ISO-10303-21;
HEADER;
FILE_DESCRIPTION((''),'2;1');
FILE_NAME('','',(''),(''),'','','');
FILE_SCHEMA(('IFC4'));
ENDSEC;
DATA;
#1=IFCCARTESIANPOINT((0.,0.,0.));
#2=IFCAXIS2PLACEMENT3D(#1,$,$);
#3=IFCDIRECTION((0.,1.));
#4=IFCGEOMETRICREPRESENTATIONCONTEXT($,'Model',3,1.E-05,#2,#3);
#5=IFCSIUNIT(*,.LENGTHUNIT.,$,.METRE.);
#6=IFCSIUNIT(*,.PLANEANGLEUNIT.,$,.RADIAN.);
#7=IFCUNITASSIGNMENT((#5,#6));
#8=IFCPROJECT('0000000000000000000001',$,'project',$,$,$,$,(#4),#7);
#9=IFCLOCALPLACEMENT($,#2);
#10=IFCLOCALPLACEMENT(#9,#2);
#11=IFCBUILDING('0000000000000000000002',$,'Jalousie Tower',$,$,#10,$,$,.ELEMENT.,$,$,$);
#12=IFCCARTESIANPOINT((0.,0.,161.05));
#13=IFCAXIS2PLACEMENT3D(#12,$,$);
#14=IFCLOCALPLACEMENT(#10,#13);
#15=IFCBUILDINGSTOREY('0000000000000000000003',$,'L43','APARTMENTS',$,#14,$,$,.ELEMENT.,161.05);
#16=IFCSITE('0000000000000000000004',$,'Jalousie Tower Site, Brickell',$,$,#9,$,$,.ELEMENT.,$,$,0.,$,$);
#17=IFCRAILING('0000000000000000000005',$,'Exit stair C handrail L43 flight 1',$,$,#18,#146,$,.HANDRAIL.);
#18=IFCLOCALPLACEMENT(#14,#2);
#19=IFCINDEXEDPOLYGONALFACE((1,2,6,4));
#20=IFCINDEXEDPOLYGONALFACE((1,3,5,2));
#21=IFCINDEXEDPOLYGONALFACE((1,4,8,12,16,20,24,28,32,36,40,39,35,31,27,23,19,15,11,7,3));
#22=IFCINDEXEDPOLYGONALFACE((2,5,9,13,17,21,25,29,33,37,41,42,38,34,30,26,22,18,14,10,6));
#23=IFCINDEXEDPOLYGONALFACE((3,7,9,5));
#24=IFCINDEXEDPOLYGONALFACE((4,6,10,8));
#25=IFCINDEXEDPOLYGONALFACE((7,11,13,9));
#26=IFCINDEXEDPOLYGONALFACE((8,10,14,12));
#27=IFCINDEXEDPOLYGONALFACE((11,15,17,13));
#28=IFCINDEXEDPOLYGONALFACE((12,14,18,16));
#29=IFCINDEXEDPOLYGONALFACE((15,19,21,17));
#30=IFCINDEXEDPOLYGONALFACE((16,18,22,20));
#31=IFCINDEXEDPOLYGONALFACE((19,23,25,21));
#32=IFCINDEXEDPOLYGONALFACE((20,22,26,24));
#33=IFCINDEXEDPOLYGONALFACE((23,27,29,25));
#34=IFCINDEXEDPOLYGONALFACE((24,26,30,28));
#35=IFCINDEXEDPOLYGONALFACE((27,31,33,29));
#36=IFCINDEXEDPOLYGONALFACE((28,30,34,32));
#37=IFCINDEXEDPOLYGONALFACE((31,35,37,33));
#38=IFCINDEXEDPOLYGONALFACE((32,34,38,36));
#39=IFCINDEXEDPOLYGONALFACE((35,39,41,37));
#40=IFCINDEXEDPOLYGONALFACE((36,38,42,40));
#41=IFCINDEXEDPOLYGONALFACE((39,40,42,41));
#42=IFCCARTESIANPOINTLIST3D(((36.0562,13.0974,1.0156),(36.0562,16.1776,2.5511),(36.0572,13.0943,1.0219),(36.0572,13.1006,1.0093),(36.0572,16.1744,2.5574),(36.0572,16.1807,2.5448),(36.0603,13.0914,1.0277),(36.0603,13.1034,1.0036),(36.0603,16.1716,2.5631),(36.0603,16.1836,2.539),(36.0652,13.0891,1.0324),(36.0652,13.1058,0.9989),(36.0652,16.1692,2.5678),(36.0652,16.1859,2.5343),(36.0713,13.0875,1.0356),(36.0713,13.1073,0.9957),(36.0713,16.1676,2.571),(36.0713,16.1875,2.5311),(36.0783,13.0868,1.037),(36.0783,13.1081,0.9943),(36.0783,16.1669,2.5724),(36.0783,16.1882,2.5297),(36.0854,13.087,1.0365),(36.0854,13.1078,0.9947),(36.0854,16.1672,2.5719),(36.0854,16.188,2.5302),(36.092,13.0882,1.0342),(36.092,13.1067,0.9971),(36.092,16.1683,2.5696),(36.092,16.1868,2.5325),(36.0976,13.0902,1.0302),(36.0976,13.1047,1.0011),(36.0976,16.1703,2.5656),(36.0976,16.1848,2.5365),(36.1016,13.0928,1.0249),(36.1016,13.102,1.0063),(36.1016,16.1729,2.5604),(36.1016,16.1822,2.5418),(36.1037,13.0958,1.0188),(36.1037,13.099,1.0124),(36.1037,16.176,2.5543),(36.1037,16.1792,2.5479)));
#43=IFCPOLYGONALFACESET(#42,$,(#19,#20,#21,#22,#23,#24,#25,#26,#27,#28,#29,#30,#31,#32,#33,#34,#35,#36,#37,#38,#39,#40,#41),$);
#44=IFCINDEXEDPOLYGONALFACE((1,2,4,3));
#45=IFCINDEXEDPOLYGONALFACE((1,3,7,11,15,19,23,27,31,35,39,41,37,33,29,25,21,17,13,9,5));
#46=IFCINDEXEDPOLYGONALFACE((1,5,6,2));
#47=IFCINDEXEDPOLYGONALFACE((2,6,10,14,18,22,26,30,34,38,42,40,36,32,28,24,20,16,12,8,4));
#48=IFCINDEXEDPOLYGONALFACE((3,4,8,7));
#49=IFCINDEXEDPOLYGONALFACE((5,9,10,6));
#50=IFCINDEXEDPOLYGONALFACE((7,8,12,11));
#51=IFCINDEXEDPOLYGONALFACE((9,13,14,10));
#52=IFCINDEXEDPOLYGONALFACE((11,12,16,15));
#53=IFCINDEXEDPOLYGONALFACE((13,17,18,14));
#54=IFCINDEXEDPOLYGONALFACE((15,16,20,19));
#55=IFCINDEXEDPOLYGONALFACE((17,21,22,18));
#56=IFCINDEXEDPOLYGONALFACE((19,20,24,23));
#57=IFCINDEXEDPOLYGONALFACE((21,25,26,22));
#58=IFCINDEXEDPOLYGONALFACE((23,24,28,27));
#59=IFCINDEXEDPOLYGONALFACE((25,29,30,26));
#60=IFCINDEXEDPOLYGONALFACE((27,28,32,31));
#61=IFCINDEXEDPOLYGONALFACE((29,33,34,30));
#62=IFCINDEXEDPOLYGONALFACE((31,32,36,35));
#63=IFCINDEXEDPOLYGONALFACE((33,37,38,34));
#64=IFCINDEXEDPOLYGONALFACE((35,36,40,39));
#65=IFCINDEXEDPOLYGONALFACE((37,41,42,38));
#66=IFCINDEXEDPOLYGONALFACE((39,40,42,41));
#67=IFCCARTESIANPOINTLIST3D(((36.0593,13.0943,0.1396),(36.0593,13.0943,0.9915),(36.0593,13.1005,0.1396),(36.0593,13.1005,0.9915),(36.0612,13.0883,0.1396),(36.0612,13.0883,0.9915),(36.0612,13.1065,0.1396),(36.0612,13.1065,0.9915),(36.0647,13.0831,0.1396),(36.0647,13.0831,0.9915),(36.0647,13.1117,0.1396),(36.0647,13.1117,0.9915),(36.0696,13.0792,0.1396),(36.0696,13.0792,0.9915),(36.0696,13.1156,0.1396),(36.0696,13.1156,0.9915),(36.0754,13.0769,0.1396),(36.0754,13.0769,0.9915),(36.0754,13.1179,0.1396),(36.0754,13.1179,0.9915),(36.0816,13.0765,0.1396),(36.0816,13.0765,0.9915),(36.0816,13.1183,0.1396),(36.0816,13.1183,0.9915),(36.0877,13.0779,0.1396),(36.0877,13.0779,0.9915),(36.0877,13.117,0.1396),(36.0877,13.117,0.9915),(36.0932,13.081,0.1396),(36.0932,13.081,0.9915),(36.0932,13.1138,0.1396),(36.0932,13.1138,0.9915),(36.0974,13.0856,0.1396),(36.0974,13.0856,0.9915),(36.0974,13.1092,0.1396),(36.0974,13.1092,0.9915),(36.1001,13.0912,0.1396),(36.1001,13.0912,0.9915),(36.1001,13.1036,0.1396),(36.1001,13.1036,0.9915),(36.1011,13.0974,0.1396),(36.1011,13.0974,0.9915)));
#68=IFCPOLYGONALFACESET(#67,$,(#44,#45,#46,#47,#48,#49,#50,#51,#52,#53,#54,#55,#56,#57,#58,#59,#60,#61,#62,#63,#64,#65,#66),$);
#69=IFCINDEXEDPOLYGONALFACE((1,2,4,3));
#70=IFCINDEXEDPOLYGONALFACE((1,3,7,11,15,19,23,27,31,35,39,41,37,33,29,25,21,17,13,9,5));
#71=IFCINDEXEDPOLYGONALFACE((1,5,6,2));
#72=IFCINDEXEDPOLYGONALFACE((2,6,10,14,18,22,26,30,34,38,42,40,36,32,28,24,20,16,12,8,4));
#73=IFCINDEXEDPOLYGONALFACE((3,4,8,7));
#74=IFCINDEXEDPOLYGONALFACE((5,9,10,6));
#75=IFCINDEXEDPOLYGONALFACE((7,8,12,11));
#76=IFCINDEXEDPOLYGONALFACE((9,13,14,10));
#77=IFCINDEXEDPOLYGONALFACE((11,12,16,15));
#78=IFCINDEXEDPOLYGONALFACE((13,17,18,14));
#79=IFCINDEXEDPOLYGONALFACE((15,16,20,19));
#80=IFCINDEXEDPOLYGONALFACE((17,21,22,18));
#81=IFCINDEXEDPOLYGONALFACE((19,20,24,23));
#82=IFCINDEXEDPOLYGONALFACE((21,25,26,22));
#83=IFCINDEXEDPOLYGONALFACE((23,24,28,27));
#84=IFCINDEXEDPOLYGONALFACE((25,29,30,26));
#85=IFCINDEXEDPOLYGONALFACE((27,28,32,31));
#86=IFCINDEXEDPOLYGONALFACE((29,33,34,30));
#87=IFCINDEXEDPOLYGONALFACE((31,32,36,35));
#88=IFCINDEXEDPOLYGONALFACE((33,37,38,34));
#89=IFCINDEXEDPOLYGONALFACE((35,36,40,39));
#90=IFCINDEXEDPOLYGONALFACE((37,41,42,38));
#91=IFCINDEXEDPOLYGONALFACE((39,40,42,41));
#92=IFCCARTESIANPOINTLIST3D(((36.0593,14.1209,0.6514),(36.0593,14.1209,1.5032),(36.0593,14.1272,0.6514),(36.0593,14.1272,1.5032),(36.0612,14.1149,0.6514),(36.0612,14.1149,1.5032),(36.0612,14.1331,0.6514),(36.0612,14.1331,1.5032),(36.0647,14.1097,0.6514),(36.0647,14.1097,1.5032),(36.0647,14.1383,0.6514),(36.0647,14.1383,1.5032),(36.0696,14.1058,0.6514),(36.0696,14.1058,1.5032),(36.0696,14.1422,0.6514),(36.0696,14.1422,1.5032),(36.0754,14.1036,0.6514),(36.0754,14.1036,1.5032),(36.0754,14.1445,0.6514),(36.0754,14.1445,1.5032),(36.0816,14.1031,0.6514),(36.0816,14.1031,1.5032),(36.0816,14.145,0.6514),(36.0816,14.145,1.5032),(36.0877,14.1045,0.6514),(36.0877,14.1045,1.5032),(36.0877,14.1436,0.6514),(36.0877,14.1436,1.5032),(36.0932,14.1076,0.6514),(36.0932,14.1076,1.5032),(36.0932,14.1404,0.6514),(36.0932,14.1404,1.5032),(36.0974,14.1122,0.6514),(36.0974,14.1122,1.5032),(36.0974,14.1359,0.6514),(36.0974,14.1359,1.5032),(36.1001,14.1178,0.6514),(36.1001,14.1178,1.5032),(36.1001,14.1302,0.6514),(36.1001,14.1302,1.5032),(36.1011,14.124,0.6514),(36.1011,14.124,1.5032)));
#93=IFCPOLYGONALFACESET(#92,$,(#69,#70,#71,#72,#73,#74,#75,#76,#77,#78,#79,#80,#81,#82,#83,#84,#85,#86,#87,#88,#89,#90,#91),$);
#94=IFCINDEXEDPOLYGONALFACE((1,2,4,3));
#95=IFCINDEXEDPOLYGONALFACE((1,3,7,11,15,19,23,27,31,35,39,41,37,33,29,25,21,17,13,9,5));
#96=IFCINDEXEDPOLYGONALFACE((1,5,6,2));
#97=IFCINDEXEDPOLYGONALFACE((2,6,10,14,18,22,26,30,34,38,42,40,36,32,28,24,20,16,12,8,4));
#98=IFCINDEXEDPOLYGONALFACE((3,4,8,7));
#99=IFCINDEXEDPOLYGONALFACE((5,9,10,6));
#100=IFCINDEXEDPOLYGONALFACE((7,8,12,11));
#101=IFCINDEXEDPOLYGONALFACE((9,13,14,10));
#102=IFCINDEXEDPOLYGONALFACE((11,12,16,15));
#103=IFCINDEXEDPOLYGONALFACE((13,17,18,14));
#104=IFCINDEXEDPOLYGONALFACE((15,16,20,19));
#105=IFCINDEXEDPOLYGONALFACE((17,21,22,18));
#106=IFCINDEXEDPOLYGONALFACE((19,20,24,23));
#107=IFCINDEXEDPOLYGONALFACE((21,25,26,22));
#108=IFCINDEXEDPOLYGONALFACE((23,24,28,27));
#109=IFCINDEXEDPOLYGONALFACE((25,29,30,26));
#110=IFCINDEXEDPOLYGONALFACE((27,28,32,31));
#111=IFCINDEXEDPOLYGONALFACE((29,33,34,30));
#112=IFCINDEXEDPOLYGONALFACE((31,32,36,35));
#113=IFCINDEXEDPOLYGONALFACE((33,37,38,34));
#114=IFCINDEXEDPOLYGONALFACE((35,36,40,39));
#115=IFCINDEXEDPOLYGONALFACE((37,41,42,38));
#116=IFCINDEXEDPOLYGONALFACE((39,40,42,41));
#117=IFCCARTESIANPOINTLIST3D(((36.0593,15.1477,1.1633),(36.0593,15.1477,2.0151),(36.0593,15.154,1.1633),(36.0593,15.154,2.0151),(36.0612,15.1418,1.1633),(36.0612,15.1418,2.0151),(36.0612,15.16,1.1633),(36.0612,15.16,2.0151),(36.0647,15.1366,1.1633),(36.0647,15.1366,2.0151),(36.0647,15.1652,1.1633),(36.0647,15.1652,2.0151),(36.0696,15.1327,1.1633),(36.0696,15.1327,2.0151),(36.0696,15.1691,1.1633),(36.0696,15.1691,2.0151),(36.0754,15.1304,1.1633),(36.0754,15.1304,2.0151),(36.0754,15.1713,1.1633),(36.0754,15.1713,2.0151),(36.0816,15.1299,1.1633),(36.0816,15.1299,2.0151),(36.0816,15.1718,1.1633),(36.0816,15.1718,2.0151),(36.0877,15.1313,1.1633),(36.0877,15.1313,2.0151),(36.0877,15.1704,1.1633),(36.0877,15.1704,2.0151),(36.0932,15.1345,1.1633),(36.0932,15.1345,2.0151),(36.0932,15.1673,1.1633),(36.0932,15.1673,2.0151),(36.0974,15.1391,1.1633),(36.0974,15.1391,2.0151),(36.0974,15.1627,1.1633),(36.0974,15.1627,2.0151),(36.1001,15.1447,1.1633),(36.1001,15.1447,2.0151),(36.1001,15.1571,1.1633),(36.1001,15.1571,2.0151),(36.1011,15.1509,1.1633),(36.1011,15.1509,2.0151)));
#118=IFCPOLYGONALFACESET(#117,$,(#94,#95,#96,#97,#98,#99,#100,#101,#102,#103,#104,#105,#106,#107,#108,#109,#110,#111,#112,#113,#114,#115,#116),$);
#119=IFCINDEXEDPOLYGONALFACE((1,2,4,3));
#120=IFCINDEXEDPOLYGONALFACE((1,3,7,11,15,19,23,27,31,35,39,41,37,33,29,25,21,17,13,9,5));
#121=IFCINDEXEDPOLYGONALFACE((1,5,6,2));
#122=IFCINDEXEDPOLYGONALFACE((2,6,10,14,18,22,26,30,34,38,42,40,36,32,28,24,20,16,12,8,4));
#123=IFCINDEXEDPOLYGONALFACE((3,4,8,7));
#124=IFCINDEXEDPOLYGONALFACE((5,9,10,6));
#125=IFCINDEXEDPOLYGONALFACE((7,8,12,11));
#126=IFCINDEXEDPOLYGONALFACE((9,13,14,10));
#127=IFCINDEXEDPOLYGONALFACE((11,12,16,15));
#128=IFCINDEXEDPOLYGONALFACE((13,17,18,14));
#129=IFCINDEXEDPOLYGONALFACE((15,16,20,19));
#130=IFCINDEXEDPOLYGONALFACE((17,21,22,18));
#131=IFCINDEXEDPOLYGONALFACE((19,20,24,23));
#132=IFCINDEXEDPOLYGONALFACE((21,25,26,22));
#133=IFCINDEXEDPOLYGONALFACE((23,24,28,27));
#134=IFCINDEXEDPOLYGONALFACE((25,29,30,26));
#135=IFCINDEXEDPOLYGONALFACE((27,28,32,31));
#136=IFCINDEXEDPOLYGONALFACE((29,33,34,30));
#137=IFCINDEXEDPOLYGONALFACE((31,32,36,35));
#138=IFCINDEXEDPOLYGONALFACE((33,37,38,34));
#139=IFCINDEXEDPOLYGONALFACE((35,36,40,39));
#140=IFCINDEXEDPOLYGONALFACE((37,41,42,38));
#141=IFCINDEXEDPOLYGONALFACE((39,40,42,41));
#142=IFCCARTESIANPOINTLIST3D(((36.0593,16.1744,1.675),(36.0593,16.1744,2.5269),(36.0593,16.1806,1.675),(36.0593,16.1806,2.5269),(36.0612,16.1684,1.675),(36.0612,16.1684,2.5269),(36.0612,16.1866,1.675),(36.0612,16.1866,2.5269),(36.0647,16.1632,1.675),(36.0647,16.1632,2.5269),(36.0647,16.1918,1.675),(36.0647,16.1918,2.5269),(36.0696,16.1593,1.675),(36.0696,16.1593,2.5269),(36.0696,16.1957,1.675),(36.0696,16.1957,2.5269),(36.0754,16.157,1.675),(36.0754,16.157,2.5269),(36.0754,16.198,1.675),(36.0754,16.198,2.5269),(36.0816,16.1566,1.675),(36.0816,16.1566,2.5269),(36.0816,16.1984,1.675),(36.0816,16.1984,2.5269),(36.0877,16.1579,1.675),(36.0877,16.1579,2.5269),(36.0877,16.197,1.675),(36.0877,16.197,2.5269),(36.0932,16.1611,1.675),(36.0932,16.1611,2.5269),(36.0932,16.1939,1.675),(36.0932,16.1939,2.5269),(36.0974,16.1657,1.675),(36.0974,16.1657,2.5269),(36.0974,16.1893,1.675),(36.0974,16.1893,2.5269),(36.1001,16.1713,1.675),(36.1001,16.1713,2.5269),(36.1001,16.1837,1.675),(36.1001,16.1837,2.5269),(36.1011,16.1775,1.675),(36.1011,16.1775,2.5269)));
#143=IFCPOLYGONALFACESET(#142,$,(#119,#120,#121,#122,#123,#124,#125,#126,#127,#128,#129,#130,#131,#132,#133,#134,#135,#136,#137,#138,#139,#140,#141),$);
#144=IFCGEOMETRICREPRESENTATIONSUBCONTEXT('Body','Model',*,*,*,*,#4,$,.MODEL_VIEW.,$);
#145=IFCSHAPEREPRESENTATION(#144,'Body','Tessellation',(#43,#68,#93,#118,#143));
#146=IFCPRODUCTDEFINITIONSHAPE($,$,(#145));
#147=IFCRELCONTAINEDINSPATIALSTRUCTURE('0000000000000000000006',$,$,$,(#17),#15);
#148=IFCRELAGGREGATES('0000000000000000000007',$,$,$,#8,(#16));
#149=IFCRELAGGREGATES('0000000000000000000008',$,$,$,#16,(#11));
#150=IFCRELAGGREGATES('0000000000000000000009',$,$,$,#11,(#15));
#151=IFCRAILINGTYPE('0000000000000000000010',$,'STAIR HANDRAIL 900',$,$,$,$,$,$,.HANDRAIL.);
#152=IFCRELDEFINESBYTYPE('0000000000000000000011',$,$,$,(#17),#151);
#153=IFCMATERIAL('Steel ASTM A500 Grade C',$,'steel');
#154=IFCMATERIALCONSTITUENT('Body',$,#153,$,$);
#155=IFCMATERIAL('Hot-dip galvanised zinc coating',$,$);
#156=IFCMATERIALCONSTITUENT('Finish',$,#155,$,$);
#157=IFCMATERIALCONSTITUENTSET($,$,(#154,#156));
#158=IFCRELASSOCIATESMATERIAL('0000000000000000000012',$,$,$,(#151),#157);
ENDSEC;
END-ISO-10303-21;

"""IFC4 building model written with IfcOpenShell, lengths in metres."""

from ifc_helpers import new_model, si_unit, direction, frame, origin, origin_2d, place, context, subcontext, project, spatial, circle, extrude, material, constituent, constituent_set, type_object, element, save


model = new_model("IFC4")

# Units and contexts
model_context = context("Model", 3, precision=1e-05, world=origin(), true_north=direction((0.0, 1.0)))
body_context = subcontext(model_context, "Body", "Model", "MODEL_VIEW")
ifc_project = project(units=[si_unit("LENGTHUNIT", "METRE"), si_unit("PLANEANGLEUNIT", "RADIAN")], contexts=[model_context])

# Site, building, storey
site_placement = place(None, origin())
site = spatial("IfcSite", under=ifc_project, at=site_placement, Name="Jalousie Tower Site, Brickell", CompositionType="ELEMENT", RefElevation=0.0)
building_placement = place(site_placement, origin())
building = spatial("IfcBuilding", under=site, at=building_placement, Name="Jalousie Tower", CompositionType="ELEMENT")
storey_placement = place(building_placement, frame((0.0, 0.0, 161.05)))
storey = spatial("IfcBuildingStorey", under=building, at=storey_placement, Name="L43", Description="APARTMENTS", CompositionType="ELEMENT", Elevation=161.05)

# Railing
ifc_material_1 = material(Name="Steel ASTM A500 Grade C", Category="steel")
ifc_constituent_1 = constituent(ifc_material_1, Name="Body")
ifc_material_2 = material(Name="Hot-dip galvanised zinc coating")
ifc_constituent_2 = constituent(ifc_material_2, Name="Finish")
ifc_constituent_set_1 = constituent_set(constituents=[ifc_constituent_1, ifc_constituent_2])
railing_type_1 = type_object("IfcRailingType", Name="STAIR HANDRAIL 900", PredefinedType="HANDRAIL", material=ifc_constituent_set_1)
railing_1_placement = place(storey_placement, frame((36.0801, 13.0974, 0.1396)))
element("IfcRailing", 1, at=railing_1_placement, inside=storey, type_object=railing_type_1, Name="Exit stair C handrail L43 flight 1", PredefinedType="HANDRAIL", context=body_context, shape_type="SweptSolid", body=[
    extrude(circle(Radius=0.0239, at=origin_2d()), frame((0.0, 0.0, 0.876), z_axis=(0.0, 0.894966, 0.446135), x_axis=(-1.0, 0.0, 0.0)), (0.0, 0.0, 1.0), 3.4417),
    extrude(circle(Radius=0.021, at=origin_2d()), origin(), (0.0, 0.0, 1.0), 0.8518),
    extrude(circle(Radius=0.021, at=origin_2d()), frame((0.0, 1.0266, 0.5117)), (0.0, 0.0, 1.0), 0.8518),
    extrude(circle(Radius=0.021, at=origin_2d()), frame((0.0, 2.0535, 1.0237)), (0.0, 0.0, 1.0), 0.8518),
    extrude(circle(Radius=0.021, at=origin_2d()), frame((0.0, 3.0801, 1.5354)), (0.0, 0.0, 1.0), 0.8518),
])

save(model, "model.ifc")
